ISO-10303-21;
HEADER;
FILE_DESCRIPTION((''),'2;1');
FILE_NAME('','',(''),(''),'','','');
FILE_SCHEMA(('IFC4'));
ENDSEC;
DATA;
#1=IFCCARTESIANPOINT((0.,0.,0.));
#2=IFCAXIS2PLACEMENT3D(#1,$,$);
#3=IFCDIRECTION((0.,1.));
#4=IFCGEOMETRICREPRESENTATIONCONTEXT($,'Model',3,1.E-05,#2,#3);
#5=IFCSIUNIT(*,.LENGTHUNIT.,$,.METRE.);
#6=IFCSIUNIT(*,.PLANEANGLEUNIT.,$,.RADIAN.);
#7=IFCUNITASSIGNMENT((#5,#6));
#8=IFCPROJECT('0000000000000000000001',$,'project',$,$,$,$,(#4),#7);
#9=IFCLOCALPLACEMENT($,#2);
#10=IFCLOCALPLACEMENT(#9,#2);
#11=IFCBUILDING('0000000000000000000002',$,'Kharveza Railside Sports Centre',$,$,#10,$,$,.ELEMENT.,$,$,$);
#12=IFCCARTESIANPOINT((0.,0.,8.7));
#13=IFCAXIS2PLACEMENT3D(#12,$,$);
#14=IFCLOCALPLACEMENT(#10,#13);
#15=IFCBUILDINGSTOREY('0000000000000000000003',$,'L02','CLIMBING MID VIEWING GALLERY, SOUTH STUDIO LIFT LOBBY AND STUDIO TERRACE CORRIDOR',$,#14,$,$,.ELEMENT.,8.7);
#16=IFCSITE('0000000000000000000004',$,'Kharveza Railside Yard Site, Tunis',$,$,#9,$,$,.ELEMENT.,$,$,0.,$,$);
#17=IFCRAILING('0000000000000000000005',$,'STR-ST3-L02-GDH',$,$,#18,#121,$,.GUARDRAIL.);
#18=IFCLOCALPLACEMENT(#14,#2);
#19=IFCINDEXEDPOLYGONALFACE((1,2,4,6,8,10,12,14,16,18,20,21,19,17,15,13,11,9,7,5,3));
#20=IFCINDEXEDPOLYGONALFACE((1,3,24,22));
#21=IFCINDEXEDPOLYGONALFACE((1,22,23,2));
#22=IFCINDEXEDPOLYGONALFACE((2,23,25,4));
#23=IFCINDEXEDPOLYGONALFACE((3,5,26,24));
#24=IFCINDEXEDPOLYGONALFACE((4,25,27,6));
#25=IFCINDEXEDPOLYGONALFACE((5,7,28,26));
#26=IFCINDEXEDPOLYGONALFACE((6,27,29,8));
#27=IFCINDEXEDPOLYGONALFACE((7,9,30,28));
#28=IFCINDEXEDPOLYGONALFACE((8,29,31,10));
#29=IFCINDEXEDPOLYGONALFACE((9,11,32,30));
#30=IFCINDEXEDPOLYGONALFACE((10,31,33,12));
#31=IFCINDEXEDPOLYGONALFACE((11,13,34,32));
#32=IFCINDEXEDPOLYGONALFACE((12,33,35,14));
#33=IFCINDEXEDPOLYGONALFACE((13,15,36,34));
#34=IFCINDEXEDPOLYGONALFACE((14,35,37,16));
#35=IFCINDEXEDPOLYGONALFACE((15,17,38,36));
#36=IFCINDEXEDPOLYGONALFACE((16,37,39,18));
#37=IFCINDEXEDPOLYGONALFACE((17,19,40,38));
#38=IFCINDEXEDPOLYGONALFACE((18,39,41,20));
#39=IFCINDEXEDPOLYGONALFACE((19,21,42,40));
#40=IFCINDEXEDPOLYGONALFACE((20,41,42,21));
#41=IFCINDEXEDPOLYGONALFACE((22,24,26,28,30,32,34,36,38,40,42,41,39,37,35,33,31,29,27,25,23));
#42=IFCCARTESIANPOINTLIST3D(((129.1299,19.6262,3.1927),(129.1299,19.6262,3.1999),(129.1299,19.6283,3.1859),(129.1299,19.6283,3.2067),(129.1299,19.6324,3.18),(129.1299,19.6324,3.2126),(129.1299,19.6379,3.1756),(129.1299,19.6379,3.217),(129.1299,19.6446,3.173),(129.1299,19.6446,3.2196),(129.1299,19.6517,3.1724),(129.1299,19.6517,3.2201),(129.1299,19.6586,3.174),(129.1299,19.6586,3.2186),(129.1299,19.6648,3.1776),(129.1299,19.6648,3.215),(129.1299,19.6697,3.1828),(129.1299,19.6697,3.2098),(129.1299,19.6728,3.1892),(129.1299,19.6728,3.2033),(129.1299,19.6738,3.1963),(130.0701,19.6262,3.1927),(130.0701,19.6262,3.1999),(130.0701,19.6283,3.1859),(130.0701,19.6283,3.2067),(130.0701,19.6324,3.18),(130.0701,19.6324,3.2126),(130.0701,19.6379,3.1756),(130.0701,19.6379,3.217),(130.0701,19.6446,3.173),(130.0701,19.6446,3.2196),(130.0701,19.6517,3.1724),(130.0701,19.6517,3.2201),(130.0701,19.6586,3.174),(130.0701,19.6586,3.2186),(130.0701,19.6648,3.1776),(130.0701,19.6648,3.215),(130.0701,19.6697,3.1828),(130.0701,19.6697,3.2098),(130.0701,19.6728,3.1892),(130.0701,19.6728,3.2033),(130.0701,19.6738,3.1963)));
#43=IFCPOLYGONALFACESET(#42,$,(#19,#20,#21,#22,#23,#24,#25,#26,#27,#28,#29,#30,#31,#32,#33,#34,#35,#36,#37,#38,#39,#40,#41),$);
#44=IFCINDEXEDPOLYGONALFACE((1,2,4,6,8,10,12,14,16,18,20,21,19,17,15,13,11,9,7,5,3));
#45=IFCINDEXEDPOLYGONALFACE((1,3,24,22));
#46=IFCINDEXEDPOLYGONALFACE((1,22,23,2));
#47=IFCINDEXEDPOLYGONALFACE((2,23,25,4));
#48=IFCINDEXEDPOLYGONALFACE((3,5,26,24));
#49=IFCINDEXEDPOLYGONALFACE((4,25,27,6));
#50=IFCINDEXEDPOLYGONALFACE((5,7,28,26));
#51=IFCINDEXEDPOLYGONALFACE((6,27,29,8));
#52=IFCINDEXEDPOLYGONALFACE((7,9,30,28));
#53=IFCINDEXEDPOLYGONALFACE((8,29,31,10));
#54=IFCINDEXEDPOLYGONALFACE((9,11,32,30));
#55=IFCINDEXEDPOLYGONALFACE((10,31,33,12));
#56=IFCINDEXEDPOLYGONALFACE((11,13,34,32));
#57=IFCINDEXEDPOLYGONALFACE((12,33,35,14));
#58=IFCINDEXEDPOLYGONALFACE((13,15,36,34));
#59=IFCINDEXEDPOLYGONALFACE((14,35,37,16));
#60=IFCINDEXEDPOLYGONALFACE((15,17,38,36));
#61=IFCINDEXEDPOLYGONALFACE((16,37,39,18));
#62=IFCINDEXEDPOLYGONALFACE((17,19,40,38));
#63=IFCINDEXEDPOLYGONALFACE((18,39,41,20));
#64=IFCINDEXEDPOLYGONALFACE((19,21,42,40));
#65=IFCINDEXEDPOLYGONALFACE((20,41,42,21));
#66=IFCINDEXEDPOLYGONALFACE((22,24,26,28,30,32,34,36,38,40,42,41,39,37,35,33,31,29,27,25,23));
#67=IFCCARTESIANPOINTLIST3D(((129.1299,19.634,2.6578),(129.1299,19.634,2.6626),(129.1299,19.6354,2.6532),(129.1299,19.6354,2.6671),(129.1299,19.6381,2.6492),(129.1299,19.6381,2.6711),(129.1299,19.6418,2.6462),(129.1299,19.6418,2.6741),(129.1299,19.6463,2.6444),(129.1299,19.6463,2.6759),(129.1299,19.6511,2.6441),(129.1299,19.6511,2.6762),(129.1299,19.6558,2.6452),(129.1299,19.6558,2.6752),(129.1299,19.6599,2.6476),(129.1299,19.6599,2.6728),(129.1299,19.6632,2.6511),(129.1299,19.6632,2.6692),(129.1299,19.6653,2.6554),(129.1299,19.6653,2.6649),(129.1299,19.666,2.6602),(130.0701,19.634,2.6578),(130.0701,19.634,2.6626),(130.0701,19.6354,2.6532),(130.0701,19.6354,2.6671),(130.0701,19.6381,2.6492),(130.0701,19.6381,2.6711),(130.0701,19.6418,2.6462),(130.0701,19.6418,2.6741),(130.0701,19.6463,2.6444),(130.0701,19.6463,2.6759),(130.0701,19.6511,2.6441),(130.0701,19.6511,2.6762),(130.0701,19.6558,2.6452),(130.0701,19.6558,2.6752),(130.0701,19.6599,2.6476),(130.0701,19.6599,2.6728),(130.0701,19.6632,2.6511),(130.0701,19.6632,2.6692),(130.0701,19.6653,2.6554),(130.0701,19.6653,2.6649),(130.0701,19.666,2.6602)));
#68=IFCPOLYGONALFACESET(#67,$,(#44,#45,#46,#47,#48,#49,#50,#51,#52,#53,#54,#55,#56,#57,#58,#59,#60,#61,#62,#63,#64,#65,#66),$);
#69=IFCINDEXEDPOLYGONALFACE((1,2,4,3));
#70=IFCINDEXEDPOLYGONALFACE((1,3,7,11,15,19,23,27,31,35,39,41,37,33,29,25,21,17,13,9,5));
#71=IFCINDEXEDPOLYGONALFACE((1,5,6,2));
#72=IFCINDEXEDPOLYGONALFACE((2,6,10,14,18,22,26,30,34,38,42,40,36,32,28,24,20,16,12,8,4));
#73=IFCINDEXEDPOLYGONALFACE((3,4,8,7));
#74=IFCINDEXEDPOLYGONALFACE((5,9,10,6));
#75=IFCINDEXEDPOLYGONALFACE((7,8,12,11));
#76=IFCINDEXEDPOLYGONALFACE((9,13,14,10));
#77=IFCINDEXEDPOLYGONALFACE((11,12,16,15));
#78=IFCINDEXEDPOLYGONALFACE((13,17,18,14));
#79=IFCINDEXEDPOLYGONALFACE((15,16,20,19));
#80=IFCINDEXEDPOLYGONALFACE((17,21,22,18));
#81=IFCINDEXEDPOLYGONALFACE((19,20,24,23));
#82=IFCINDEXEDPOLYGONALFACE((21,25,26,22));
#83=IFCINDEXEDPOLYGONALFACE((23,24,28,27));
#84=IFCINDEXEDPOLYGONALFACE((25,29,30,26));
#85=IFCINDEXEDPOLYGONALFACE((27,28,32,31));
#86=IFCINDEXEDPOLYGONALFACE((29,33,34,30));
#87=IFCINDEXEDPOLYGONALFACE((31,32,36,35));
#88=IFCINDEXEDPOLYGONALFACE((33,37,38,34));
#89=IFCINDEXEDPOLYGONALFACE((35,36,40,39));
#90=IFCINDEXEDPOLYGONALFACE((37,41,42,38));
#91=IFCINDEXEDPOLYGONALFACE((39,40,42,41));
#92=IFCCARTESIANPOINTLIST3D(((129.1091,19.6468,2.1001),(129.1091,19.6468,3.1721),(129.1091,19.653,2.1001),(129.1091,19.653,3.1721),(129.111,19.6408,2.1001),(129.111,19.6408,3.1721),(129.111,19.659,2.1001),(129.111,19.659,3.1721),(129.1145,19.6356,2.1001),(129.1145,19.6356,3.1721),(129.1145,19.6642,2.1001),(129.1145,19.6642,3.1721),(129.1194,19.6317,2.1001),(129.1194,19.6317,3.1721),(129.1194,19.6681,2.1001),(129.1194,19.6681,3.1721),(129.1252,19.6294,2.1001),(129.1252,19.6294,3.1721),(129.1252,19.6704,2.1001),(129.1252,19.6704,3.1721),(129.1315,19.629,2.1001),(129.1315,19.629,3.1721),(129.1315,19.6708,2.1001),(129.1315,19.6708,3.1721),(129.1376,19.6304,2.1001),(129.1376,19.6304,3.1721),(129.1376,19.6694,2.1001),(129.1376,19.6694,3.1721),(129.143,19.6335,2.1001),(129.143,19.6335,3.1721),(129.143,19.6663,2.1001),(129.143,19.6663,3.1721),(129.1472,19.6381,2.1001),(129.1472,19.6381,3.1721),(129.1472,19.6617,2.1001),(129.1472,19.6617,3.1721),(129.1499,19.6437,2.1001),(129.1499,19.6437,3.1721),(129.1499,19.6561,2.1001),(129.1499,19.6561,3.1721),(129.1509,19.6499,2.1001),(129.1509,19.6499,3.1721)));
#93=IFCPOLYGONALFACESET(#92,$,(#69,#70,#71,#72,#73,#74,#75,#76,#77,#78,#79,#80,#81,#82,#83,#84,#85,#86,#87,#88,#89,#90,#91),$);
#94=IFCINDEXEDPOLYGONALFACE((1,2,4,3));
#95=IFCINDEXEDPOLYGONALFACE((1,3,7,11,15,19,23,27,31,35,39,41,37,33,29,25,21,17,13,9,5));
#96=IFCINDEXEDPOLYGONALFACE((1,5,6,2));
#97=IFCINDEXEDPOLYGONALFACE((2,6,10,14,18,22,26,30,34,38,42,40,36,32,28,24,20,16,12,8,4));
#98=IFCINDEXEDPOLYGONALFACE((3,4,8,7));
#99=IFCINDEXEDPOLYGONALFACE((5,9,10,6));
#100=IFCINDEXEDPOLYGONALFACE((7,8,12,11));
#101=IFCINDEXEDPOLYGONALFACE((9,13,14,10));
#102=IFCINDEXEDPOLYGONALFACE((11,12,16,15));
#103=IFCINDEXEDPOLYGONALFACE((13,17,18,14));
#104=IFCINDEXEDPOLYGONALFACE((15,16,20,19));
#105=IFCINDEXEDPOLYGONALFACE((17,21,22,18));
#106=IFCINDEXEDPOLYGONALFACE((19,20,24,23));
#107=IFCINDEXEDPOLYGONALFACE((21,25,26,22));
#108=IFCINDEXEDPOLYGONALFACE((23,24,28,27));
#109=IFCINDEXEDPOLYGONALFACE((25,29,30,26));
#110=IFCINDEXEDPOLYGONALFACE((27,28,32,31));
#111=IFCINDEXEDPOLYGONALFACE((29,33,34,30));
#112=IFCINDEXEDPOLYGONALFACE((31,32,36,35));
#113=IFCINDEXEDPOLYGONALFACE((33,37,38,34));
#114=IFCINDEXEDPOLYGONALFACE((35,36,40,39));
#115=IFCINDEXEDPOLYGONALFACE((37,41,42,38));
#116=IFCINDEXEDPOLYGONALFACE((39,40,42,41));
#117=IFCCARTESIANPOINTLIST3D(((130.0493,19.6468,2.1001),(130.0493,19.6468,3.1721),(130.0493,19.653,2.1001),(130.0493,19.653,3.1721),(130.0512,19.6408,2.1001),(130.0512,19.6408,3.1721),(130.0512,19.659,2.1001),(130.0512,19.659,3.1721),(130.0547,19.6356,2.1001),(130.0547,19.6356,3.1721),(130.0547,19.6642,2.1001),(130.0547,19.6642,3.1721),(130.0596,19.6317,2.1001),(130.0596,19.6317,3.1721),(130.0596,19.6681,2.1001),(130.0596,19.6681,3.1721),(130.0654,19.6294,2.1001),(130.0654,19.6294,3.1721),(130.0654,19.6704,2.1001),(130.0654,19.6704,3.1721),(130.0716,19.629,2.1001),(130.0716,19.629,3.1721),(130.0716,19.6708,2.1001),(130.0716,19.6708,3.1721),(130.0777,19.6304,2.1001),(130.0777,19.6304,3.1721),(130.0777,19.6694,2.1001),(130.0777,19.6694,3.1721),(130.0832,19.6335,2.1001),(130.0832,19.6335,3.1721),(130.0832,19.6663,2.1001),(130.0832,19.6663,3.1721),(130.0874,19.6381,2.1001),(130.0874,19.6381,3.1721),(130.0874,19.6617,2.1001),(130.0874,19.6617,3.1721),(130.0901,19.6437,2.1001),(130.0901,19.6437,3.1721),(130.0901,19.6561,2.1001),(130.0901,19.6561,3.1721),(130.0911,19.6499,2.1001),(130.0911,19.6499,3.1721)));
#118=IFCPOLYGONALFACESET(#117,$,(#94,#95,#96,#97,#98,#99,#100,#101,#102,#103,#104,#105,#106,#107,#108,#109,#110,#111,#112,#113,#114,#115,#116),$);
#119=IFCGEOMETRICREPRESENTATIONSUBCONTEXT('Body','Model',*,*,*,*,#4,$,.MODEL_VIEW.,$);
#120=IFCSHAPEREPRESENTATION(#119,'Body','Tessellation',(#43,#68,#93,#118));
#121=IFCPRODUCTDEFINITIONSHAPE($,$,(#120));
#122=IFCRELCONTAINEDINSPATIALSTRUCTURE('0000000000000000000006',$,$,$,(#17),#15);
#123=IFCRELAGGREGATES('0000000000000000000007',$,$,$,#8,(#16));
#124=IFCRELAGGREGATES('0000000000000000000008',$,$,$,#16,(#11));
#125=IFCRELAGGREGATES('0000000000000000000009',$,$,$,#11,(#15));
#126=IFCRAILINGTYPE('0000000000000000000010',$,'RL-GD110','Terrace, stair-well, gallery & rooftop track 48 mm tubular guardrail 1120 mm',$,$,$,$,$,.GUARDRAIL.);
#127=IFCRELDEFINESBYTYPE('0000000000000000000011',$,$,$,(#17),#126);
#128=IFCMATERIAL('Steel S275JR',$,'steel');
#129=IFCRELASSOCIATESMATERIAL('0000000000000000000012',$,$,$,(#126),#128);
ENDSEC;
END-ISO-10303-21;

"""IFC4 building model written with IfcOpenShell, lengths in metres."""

from ifc_helpers import new_model, si_unit, direction, frame, origin, origin_2d, place, context, subcontext, project, spatial, circle, extrude, material, type_object, element, save


model = new_model("IFC4")

# Units and contexts
model_context = context("Model", 3, precision=1e-05, world=origin(), true_north=direction((0.0, 1.0)))
body_context = subcontext(model_context, "Body", "Model", "MODEL_VIEW")
ifc_project = project(units=[si_unit("LENGTHUNIT", "METRE"), si_unit("PLANEANGLEUNIT", "RADIAN")], contexts=[model_context])

# Site, building, storey
site_placement = place(None, origin())
site = spatial("IfcSite", under=ifc_project, at=site_placement, Name="Kharveza Railside Yard Site, Tunis", CompositionType="ELEMENT", RefElevation=0.0)
building_placement = place(site_placement, origin())
building = spatial("IfcBuilding", under=site, at=building_placement, Name="Kharveza Railside Sports Centre", CompositionType="ELEMENT")
storey_placement = place(building_placement, frame((0.0, 0.0, 8.7)))
storey = spatial("IfcBuildingStorey", under=building, at=storey_placement, Name="L02", Description="CLIMBING MID VIEWING GALLERY, SOUTH STUDIO LIFT LOBBY AND STUDIO TERRACE CORRIDOR", CompositionType="ELEMENT", Elevation=8.7)

# Railing
ifc_material_1 = material(Name="Steel S275JR", Category="steel")
railing_type_1 = type_object("IfcRailingType", Name="RL-GD110", Description="Terrace, stair-well, gallery & rooftop track 48 mm tubular guardrail 1120 mm", PredefinedType="GUARDRAIL", material=ifc_material_1)
railing_1_placement = place(storey_placement, frame((129.1299, 19.6499, 2.1001)))
element("IfcRailing", 1, at=railing_1_placement, inside=storey, type_object=railing_type_1, Name="STR-ST3-L02-GDH", PredefinedType="GUARDRAIL", context=body_context, shape_type="SweptSolid", body=[
    extrude(circle(Radius=0.0239, at=origin_2d()), frame((0.0, 0.0, 1.0962), z_axis=(1.0, 0.0, 0.0), x_axis=(0.0, 1.0, 0.0)), (0.0, 0.0, 1.0), 0.9402),
    extrude(circle(Radius=0.0161, at=origin_2d()), frame((0.0, 0.0, 0.5601), z_axis=(1.0, 0.0, 0.0), x_axis=(0.0, 1.0, 0.0)), (0.0, 0.0, 1.0), 0.9402),
    extrude(circle(Radius=0.021, at=origin_2d()), origin(), (0.0, 0.0, 1.0), 1.072),
    extrude(circle(Radius=0.021, at=origin_2d()), frame((0.9402, 0.0, 0.0)), (0.0, 0.0, 1.0), 1.072),
])

save(model, "model.ifc")
